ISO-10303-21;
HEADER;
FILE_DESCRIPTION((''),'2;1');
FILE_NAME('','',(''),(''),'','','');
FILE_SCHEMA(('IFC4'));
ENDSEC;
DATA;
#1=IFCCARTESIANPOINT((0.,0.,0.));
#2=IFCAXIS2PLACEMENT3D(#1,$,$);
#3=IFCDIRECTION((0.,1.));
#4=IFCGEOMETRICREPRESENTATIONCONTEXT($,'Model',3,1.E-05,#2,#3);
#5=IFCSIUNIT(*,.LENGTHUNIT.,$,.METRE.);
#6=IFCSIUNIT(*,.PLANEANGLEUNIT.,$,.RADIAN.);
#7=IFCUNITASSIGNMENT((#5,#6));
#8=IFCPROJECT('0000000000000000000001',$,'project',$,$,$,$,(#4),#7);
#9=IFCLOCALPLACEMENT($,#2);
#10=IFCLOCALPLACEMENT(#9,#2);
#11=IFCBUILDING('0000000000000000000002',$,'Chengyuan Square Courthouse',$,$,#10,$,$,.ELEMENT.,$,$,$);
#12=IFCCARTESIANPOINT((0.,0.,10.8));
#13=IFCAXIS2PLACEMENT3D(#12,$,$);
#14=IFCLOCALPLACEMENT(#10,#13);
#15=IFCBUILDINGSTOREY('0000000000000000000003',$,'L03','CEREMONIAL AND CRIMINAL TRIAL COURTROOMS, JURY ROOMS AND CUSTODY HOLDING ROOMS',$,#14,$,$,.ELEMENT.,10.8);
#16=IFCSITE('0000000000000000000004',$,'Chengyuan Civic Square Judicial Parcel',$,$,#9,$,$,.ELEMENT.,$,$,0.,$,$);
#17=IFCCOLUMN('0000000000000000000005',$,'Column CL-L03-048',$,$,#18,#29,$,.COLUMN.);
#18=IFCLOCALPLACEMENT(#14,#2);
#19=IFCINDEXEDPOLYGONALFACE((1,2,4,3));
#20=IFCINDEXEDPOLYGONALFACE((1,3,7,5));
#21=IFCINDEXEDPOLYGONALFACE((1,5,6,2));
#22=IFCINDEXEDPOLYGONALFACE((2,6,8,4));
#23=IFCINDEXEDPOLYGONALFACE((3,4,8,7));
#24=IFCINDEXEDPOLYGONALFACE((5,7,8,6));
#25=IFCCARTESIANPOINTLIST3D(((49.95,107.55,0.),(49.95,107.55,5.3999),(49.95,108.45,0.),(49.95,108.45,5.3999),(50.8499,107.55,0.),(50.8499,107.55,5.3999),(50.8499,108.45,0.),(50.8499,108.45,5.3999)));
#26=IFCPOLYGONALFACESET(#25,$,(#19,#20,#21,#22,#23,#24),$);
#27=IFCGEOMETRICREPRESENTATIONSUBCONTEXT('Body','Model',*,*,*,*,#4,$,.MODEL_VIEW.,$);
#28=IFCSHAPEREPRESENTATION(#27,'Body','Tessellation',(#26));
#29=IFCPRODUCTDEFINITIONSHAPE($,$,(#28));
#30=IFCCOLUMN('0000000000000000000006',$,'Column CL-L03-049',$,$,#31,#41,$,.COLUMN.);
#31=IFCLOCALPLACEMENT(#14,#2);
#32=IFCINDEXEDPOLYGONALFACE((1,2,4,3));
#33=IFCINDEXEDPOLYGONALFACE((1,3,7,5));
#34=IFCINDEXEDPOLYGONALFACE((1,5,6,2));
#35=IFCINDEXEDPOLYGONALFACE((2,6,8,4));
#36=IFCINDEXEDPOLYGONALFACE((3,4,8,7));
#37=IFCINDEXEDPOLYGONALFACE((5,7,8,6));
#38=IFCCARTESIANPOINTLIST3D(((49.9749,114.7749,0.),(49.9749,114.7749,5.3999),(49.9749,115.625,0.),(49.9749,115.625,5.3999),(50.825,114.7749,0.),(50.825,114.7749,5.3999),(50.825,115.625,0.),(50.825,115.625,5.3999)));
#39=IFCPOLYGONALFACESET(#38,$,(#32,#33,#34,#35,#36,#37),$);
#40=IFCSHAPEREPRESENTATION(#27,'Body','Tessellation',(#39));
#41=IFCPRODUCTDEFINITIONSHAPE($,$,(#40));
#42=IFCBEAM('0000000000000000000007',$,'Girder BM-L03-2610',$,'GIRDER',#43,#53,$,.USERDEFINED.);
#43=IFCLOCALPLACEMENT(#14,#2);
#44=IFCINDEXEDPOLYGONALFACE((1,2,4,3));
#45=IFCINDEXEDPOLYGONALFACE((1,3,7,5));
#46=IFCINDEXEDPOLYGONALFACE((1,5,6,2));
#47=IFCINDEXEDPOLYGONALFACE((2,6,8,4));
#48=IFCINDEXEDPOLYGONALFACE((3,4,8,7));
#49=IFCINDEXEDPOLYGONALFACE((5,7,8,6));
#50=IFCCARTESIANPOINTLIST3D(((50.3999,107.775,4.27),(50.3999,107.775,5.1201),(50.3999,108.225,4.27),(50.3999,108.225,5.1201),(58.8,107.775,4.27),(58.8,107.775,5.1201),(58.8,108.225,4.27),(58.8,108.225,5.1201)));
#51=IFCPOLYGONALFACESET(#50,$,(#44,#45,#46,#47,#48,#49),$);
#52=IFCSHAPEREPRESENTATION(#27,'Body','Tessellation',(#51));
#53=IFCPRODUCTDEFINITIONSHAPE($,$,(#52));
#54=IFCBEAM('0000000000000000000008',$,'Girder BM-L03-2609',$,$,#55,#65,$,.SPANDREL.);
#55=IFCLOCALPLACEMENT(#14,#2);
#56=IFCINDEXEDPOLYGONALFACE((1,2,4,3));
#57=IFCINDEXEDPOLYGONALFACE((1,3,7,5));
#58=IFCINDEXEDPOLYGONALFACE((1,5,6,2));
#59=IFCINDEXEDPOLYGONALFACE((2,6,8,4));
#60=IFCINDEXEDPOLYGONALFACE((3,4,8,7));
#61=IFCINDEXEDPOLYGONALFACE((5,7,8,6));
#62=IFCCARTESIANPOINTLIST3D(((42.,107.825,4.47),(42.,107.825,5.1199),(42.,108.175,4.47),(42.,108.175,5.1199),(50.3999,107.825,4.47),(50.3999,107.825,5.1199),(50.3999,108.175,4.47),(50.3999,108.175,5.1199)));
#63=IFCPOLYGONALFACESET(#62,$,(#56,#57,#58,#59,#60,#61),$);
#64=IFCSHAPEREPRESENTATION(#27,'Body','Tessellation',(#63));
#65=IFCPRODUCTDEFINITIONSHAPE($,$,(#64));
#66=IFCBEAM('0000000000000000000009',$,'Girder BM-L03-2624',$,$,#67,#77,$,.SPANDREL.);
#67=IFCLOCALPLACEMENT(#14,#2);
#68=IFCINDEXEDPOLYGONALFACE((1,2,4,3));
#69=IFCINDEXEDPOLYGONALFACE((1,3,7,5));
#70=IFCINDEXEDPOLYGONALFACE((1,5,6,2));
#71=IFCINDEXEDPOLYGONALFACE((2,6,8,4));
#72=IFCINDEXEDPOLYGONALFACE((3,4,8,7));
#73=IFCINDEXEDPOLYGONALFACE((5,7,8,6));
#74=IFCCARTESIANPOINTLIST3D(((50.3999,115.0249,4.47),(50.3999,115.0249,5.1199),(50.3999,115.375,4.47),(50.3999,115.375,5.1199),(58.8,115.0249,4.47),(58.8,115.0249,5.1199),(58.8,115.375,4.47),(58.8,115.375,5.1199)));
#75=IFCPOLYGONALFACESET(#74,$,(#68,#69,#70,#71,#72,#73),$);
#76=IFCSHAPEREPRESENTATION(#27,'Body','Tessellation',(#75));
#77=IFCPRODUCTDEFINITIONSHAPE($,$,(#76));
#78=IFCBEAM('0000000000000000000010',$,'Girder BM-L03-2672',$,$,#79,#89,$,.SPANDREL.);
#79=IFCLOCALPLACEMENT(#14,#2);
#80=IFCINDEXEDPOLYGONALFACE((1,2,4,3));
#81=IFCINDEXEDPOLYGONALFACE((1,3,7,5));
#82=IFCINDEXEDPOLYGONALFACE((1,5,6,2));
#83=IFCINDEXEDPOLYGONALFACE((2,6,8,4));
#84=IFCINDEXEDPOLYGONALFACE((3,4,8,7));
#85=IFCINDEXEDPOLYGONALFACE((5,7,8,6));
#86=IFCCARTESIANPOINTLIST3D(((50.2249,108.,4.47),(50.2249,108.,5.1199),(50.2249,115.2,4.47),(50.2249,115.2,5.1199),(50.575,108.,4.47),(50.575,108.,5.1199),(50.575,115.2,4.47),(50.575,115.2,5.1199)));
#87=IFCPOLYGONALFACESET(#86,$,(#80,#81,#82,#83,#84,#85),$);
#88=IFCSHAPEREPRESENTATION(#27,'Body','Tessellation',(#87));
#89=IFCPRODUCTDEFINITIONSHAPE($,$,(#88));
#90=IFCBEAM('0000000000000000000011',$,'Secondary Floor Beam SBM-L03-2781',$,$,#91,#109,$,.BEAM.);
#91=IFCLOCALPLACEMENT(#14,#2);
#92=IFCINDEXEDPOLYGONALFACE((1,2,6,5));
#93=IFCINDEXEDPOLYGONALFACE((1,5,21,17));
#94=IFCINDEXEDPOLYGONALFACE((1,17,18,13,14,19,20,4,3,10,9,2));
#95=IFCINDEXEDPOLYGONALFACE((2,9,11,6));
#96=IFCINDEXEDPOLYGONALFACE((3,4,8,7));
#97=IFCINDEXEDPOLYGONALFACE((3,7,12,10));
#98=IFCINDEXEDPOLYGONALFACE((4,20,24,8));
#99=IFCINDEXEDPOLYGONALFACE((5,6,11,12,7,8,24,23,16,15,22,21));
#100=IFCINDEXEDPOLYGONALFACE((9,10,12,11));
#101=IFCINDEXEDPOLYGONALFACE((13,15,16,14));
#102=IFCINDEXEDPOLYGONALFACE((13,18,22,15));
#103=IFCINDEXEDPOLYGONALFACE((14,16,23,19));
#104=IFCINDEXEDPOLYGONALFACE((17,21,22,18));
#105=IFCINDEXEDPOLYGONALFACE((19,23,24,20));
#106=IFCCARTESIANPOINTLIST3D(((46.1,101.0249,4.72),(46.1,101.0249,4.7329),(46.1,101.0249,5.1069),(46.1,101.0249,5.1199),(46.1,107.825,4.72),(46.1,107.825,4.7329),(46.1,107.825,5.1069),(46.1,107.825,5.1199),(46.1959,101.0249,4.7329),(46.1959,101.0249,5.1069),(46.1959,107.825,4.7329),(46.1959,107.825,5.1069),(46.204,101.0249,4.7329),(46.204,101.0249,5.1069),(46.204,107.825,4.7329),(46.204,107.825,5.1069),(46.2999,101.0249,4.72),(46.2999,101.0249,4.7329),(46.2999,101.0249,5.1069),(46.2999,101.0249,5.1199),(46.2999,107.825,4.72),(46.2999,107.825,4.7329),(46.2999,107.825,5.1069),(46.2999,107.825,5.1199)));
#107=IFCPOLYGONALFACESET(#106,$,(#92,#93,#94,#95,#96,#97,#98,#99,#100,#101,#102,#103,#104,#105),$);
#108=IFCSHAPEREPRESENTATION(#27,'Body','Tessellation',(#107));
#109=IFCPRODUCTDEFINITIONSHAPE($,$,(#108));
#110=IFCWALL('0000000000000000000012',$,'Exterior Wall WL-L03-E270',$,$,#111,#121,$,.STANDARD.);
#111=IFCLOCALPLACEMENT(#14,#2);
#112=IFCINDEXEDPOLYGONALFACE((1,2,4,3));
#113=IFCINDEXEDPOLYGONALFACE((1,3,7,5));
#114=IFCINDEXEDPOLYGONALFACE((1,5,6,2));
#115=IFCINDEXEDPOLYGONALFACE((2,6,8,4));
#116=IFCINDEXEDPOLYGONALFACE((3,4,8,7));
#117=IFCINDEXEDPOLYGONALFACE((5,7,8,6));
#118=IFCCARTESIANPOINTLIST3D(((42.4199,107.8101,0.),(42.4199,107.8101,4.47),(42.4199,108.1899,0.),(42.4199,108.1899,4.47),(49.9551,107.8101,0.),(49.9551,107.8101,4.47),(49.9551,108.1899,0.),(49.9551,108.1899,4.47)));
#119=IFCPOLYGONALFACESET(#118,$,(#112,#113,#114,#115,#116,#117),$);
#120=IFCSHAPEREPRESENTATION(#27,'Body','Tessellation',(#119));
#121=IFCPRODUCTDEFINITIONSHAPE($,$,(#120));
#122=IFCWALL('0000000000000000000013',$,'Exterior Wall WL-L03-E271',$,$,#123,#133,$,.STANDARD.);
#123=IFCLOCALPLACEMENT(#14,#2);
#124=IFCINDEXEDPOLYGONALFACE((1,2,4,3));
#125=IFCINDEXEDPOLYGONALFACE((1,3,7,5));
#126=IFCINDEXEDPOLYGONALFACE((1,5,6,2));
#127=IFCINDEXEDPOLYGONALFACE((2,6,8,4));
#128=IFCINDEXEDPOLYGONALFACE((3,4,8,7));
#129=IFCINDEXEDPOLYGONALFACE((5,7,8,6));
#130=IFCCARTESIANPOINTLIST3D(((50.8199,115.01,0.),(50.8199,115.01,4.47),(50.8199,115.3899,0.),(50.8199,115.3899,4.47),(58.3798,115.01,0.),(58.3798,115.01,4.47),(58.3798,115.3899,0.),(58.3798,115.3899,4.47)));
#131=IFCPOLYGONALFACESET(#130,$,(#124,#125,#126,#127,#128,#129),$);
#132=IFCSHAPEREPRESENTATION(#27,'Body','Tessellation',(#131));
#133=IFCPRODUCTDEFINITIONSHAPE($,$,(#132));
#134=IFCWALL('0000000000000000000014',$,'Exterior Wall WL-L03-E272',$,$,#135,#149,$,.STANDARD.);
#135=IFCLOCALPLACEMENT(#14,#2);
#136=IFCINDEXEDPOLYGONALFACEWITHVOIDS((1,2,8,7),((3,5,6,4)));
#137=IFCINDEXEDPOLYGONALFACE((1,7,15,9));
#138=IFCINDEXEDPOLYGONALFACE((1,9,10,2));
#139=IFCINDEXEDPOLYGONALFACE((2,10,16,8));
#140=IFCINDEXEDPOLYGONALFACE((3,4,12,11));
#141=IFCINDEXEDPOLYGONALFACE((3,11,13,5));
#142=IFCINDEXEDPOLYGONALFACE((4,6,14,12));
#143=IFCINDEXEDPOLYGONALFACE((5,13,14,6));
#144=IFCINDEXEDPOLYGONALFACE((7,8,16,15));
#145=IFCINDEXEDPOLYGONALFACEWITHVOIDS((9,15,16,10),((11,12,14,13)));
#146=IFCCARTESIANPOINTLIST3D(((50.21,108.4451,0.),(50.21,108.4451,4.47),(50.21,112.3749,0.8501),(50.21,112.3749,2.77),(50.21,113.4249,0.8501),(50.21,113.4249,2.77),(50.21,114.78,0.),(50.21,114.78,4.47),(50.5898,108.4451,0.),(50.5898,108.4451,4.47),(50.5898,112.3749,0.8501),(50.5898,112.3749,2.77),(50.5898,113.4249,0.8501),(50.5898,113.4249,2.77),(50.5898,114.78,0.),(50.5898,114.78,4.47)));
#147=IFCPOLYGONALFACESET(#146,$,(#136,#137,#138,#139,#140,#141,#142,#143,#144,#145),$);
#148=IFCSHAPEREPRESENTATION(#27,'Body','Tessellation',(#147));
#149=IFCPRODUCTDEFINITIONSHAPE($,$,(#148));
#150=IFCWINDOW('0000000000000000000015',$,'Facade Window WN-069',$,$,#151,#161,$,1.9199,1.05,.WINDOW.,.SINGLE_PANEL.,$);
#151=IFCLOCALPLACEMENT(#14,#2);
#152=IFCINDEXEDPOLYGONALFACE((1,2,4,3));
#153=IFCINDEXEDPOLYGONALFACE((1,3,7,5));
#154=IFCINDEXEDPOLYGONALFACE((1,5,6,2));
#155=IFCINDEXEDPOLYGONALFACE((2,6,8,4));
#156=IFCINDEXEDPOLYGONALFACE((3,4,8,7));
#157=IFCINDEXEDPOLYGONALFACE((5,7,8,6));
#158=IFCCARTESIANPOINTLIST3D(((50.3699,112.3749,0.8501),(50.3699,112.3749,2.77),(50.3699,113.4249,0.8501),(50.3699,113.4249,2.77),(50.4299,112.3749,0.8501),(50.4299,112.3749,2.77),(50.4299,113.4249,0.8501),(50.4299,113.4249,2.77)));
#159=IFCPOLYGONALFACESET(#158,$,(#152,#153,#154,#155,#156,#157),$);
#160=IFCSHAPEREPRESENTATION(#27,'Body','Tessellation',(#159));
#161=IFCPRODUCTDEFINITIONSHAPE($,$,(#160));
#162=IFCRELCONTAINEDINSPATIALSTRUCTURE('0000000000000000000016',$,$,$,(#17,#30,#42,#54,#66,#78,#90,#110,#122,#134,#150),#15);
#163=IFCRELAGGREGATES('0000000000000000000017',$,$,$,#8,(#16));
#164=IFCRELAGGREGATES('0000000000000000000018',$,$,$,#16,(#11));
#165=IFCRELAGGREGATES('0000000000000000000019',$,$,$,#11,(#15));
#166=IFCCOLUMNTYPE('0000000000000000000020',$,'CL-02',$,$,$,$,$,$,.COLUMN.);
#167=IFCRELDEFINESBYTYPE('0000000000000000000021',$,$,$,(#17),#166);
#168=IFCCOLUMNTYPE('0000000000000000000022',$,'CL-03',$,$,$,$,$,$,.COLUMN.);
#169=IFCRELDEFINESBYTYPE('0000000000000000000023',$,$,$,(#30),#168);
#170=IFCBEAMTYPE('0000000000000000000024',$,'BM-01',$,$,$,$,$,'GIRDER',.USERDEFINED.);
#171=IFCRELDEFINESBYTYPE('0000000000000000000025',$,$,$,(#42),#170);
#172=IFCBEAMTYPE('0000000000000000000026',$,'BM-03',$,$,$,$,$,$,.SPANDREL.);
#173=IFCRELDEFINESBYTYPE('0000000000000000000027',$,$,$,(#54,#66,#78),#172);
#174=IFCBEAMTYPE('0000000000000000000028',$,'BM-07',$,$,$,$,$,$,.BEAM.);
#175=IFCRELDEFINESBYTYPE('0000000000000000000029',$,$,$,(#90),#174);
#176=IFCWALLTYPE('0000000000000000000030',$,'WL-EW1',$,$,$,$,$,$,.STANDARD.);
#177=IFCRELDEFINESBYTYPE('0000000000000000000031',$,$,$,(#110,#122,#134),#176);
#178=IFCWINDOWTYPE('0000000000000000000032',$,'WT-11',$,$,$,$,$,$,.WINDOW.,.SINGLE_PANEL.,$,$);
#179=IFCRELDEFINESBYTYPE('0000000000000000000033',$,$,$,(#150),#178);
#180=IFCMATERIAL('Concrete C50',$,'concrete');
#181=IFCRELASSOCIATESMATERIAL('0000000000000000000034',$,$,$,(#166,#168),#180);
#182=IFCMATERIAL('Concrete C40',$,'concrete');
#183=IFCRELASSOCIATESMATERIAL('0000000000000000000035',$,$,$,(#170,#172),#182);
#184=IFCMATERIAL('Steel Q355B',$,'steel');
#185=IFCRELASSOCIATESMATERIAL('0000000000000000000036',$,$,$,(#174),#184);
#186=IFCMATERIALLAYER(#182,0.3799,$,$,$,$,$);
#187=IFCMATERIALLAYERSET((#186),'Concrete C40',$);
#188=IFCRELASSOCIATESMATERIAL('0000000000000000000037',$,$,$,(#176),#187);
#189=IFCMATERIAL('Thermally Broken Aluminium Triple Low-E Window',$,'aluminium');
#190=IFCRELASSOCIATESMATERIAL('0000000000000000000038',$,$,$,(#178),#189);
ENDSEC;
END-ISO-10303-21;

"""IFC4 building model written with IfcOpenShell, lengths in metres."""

from ifc_helpers import new_model, si_unit, direction, frame, frame_2d, origin, origin_2d, place, context, subcontext, project, spatial, rectangle, i_section, extrude, material, layer, layer_set, material_profile, profile_set, type_object, element, fill, save


model = new_model("IFC4")

# Units and contexts
model_context = context("Model", 3, precision=1e-05, world=origin(), true_north=direction((0.0, 1.0)))
body_context = subcontext(model_context, "Body", "Model", "MODEL_VIEW")
ifc_project = project(units=[si_unit("LENGTHUNIT", "METRE"), si_unit("PLANEANGLEUNIT", "RADIAN")], contexts=[model_context])

# Site, building, storey
site_placement = place(None, origin())
site = spatial("IfcSite", under=ifc_project, at=site_placement, Name="Chengyuan Civic Square Judicial Parcel", CompositionType="ELEMENT", RefElevation=0.0)
building_placement = place(site_placement, origin())
building = spatial("IfcBuilding", under=site, at=building_placement, Name="Chengyuan Square Courthouse", CompositionType="ELEMENT")
storey_placement = place(building_placement, frame((0.0, 0.0, 10.8)))
storey = spatial("IfcBuildingStorey", under=building, at=storey_placement, Name="L03", Description="CEREMONIAL AND CRIMINAL TRIAL COURTROOMS, JURY ROOMS AND CUSTODY HOLDING ROOMS", CompositionType="ELEMENT", Elevation=10.8)

# Columns
ifc_material_1 = material(Name="Concrete C50", Category="concrete")
ifc_material_profile_1 = material_profile(ifc_material_1, rectangle(XDim=0.8999, YDim=0.8999, at=origin_2d()), Name="RC-COL-900x900")
ifc_profile_set_1 = profile_set([ifc_material_profile_1], Name="Concrete C50")
column_type_1 = type_object("IfcColumnType", Name="CL-02", PredefinedType="COLUMN", material=ifc_profile_set_1)
column_1_placement = place(storey_placement, frame((50.3999, 108.0, 0.0), z_axis=(0.0, 0.0, 1.0), x_axis=(1.0, 0.0, 0.0)))
element("IfcColumn", 1, at=column_1_placement, inside=storey, type_object=column_type_1, Name="Column CL-L03-048", PredefinedType="COLUMN", context=body_context, shape_type="SweptSolid", body=[
    extrude(rectangle(XDim=0.8999, YDim=0.8999, at=origin_2d()), origin(), (0.0, 0.0, 1.0), 5.3999),
])
ifc_material_profile_2 = material_profile(ifc_material_1, rectangle(XDim=0.8501, YDim=0.8501, at=origin_2d()), Name="RC-COL-850x850")
ifc_profile_set_2 = profile_set([ifc_material_profile_2], Name="Concrete C50")
column_type_2 = type_object("IfcColumnType", Name="CL-03", PredefinedType="COLUMN", material=ifc_profile_set_2)
column_2_placement = place(storey_placement, frame((50.3999, 115.2, 0.0), z_axis=(0.0, 0.0, 1.0), x_axis=(1.0, 0.0, 0.0)))
element("IfcColumn", 2, at=column_2_placement, inside=storey, type_object=column_type_2, Name="Column CL-L03-049", PredefinedType="COLUMN", context=body_context, shape_type="SweptSolid", body=[
    extrude(rectangle(XDim=0.8501, YDim=0.8501, at=origin_2d()), origin(), (0.0, 0.0, 1.0), 5.3999),
])

# Beams
ifc_material_2 = material(Name="Concrete C40", Category="concrete")
ifc_material_profile_3 = material_profile(ifc_material_2, rectangle(XDim=0.45, YDim=0.8501, at=origin_2d()), Name="RC-BM-450x850")
ifc_profile_set_3 = profile_set([ifc_material_profile_3], Name="Concrete C40")
beam_type_1 = type_object("IfcBeamType", Name="BM-01", ElementType="GIRDER", PredefinedType="USERDEFINED", material=ifc_profile_set_3)
beam_1_placement = place(storey_placement, frame((50.3999, 108.0, 4.6951), z_axis=(1.0, 0.0, 0.0), x_axis=(0.0, 1.0, 0.0)))
element("IfcBeam", 3, at=beam_1_placement, inside=storey, type_object=beam_type_1, Name="Girder BM-L03-2610", ObjectType="GIRDER", PredefinedType="USERDEFINED", context=body_context, shape_type="SweptSolid", body=[
    extrude(rectangle(XDim=0.45, YDim=0.8501, at=origin_2d()), origin(), (0.0, 0.0, 1.0), 8.4001),
])
ifc_material_profile_4 = material_profile(ifc_material_2, rectangle(XDim=0.3501, YDim=0.6499, at=origin_2d()), Name="RC-BM-350x650")
ifc_profile_set_4 = profile_set([ifc_material_profile_4], Name="Concrete C40")
beam_type_2 = type_object("IfcBeamType", Name="BM-03", PredefinedType="SPANDREL", material=ifc_profile_set_4)
beam_2_placement = place(storey_placement, frame((42.0, 108.0, 4.7949), z_axis=(1.0, 0.0, 0.0), x_axis=(0.0, 1.0, 0.0)))
element("IfcBeam", 4, at=beam_2_placement, inside=storey, type_object=beam_type_2, Name="Girder BM-L03-2609", PredefinedType="SPANDREL", context=body_context, shape_type="SweptSolid", body=[
    extrude(rectangle(XDim=0.3501, YDim=0.6499, at=origin_2d()), origin(), (0.0, 0.0, 1.0), 8.3999),
])
beam_3_placement = place(storey_placement, frame((50.3999, 115.2, 4.7949), z_axis=(1.0, 0.0, 0.0), x_axis=(0.0, 1.0, 0.0)))
element("IfcBeam", 5, at=beam_3_placement, inside=storey, type_object=beam_type_2, Name="Girder BM-L03-2624", PredefinedType="SPANDREL", context=body_context, shape_type="SweptSolid", body=[
    extrude(rectangle(XDim=0.3501, YDim=0.6499, at=origin_2d()), origin(), (0.0, 0.0, 1.0), 8.4001),
])
beam_4_placement = place(storey_placement, frame((50.3999, 108.0, 4.7949), z_axis=(0.0, 1.0, 0.0), x_axis=(-1.0, 0.0, 0.0)))
element("IfcBeam", 6, at=beam_4_placement, inside=storey, type_object=beam_type_2, Name="Girder BM-L03-2672", PredefinedType="SPANDREL", context=body_context, shape_type="SweptSolid", body=[
    extrude(rectangle(XDim=0.3501, YDim=0.6499, at=origin_2d()), origin(), (0.0, 0.0, 1.0), 7.2),
])
ifc_material_3 = material(Name="Steel Q355B", Category="steel")
ifc_material_profile_5 = material_profile(ifc_material_3, i_section(OverallWidth=0.2, OverallDepth=0.3999, WebThickness=0.0081, FlangeThickness=0.0129, at=origin_2d()), Name="HN 400x200x8x13")
ifc_profile_set_5 = profile_set([ifc_material_profile_5], Name="Steel Q355B")
beam_type_3 = type_object("IfcBeamType", Name="BM-07", PredefinedType="BEAM", material=ifc_profile_set_5)
beam_5_placement = place(storey_placement, frame((46.2, 101.0249, 4.9199), z_axis=(0.0, 1.0, 0.0), x_axis=(-1.0, 0.0, 0.0)))
element("IfcBeam", 7, at=beam_5_placement, inside=storey, type_object=beam_type_3, Name="Secondary Floor Beam SBM-L03-2781", PredefinedType="BEAM", context=body_context, shape_type="SweptSolid", body=[
    extrude(i_section(OverallWidth=0.2, OverallDepth=0.3999, WebThickness=0.0081, FlangeThickness=0.0129, at=origin_2d()), origin(), (0.0, 0.0, 1.0), 6.8),
])

# Walls
ifc_layer_1 = layer(ifc_material_2, 0.3799)
ifc_layer_set_1 = layer_set([ifc_layer_1], Name="Concrete C40")
wall_type_1 = type_object("IfcWallType", Name="WL-EW1", PredefinedType="STANDARD", material=ifc_layer_set_1)
wall_1_placement = place(storey_placement, frame((42.4199, 108.0, 0.0), z_axis=(0.0, 0.0, 1.0), x_axis=(1.0, 0.0, 0.0)))
element("IfcWall", 8, at=wall_1_placement, inside=storey, type_object=wall_type_1, Name="Exterior Wall WL-L03-E270", PredefinedType="STANDARD", context=body_context, shape_type="SweptSolid", body=[
    extrude(rectangle(XDim=7.5352, YDim=0.3799, at=frame_2d((3.7676, 0.0))), origin(), (0.0, 0.0, 1.0), 4.47),
])
wall_2_placement = place(storey_placement, frame((50.8201, 115.2, 0.0), z_axis=(0.0, 0.0, 1.0), x_axis=(1.0, 0.0, 0.0)))
element("IfcWall", 9, at=wall_2_placement, inside=storey, type_object=wall_type_1, Name="Exterior Wall WL-L03-E271", PredefinedType="STANDARD", context=body_context, shape_type="SweptSolid", body=[
    extrude(rectangle(XDim=7.5598, YDim=0.3799, at=frame_2d((3.7798, 0.0))), origin(), (0.0, 0.0, 1.0), 4.47),
])

# Wall, opening, window
wall_3_placement = place(storey_placement, frame((50.3999, 108.4451, 0.0), z_axis=(0.0, 0.0, 1.0), x_axis=(0.0, 1.0, 0.0)))
wall_3 = element("IfcWall", 10, at=wall_3_placement, inside=storey, type_object=wall_type_1, Name="Exterior Wall WL-L03-E272", PredefinedType="STANDARD", context=body_context, shape_type="SweptSolid", body=[
    extrude(rectangle(XDim=6.335, YDim=0.3799, at=frame_2d((3.1675, 0.0))), origin(), (0.0, 0.0, 1.0), 4.47),
])
opening_1_placement = place(wall_3_placement, frame((3.9299, 0.0, 0.8501)))
opening_1 = element("IfcOpeningElement", 11, at=opening_1_placement, cuts=wall_3, PredefinedType="OPENING", context=body_context, shape_type="SweptSolid", body=[
    extrude(rectangle(XDim=1.05, YDim=1.9199, at=frame_2d((0.5249, 0.96))), frame((0.0, 0.2019, 0.0), z_axis=(0.0, -1.0, 0.0), x_axis=(1.0, 0.0, 0.0)), (0.0, 0.0, 1.0), 0.4038),
])
ifc_material_4 = material(Name="Thermally Broken Aluminium Triple Low-E Window", Category="aluminium")
window_type = type_object("IfcWindowType", Name="WT-11", PartitioningType="SINGLE_PANEL", PredefinedType="WINDOW", material=ifc_material_4)
window_placement = place(opening_1_placement, origin())
window = element("IfcWindow", 12, at=window_placement, inside=storey, type_object=window_type, Name="Facade Window WN-069", OverallHeight=1.9199, OverallWidth=1.05, PartitioningType="SINGLE_PANEL", PredefinedType="WINDOW", context=body_context, shape_type="SweptSolid", body=[
    extrude(rectangle(XDim=1.05, YDim=1.9199, at=frame_2d((0.5249, 0.96))), frame((0.0, 0.03, 0.0), z_axis=(0.0, -1.0, 0.0), x_axis=(1.0, 0.0, 0.0)), (0.0, 0.0, 1.0), 0.0601),
])
fill(opening_1, window)

save(model, "model.ifc")
